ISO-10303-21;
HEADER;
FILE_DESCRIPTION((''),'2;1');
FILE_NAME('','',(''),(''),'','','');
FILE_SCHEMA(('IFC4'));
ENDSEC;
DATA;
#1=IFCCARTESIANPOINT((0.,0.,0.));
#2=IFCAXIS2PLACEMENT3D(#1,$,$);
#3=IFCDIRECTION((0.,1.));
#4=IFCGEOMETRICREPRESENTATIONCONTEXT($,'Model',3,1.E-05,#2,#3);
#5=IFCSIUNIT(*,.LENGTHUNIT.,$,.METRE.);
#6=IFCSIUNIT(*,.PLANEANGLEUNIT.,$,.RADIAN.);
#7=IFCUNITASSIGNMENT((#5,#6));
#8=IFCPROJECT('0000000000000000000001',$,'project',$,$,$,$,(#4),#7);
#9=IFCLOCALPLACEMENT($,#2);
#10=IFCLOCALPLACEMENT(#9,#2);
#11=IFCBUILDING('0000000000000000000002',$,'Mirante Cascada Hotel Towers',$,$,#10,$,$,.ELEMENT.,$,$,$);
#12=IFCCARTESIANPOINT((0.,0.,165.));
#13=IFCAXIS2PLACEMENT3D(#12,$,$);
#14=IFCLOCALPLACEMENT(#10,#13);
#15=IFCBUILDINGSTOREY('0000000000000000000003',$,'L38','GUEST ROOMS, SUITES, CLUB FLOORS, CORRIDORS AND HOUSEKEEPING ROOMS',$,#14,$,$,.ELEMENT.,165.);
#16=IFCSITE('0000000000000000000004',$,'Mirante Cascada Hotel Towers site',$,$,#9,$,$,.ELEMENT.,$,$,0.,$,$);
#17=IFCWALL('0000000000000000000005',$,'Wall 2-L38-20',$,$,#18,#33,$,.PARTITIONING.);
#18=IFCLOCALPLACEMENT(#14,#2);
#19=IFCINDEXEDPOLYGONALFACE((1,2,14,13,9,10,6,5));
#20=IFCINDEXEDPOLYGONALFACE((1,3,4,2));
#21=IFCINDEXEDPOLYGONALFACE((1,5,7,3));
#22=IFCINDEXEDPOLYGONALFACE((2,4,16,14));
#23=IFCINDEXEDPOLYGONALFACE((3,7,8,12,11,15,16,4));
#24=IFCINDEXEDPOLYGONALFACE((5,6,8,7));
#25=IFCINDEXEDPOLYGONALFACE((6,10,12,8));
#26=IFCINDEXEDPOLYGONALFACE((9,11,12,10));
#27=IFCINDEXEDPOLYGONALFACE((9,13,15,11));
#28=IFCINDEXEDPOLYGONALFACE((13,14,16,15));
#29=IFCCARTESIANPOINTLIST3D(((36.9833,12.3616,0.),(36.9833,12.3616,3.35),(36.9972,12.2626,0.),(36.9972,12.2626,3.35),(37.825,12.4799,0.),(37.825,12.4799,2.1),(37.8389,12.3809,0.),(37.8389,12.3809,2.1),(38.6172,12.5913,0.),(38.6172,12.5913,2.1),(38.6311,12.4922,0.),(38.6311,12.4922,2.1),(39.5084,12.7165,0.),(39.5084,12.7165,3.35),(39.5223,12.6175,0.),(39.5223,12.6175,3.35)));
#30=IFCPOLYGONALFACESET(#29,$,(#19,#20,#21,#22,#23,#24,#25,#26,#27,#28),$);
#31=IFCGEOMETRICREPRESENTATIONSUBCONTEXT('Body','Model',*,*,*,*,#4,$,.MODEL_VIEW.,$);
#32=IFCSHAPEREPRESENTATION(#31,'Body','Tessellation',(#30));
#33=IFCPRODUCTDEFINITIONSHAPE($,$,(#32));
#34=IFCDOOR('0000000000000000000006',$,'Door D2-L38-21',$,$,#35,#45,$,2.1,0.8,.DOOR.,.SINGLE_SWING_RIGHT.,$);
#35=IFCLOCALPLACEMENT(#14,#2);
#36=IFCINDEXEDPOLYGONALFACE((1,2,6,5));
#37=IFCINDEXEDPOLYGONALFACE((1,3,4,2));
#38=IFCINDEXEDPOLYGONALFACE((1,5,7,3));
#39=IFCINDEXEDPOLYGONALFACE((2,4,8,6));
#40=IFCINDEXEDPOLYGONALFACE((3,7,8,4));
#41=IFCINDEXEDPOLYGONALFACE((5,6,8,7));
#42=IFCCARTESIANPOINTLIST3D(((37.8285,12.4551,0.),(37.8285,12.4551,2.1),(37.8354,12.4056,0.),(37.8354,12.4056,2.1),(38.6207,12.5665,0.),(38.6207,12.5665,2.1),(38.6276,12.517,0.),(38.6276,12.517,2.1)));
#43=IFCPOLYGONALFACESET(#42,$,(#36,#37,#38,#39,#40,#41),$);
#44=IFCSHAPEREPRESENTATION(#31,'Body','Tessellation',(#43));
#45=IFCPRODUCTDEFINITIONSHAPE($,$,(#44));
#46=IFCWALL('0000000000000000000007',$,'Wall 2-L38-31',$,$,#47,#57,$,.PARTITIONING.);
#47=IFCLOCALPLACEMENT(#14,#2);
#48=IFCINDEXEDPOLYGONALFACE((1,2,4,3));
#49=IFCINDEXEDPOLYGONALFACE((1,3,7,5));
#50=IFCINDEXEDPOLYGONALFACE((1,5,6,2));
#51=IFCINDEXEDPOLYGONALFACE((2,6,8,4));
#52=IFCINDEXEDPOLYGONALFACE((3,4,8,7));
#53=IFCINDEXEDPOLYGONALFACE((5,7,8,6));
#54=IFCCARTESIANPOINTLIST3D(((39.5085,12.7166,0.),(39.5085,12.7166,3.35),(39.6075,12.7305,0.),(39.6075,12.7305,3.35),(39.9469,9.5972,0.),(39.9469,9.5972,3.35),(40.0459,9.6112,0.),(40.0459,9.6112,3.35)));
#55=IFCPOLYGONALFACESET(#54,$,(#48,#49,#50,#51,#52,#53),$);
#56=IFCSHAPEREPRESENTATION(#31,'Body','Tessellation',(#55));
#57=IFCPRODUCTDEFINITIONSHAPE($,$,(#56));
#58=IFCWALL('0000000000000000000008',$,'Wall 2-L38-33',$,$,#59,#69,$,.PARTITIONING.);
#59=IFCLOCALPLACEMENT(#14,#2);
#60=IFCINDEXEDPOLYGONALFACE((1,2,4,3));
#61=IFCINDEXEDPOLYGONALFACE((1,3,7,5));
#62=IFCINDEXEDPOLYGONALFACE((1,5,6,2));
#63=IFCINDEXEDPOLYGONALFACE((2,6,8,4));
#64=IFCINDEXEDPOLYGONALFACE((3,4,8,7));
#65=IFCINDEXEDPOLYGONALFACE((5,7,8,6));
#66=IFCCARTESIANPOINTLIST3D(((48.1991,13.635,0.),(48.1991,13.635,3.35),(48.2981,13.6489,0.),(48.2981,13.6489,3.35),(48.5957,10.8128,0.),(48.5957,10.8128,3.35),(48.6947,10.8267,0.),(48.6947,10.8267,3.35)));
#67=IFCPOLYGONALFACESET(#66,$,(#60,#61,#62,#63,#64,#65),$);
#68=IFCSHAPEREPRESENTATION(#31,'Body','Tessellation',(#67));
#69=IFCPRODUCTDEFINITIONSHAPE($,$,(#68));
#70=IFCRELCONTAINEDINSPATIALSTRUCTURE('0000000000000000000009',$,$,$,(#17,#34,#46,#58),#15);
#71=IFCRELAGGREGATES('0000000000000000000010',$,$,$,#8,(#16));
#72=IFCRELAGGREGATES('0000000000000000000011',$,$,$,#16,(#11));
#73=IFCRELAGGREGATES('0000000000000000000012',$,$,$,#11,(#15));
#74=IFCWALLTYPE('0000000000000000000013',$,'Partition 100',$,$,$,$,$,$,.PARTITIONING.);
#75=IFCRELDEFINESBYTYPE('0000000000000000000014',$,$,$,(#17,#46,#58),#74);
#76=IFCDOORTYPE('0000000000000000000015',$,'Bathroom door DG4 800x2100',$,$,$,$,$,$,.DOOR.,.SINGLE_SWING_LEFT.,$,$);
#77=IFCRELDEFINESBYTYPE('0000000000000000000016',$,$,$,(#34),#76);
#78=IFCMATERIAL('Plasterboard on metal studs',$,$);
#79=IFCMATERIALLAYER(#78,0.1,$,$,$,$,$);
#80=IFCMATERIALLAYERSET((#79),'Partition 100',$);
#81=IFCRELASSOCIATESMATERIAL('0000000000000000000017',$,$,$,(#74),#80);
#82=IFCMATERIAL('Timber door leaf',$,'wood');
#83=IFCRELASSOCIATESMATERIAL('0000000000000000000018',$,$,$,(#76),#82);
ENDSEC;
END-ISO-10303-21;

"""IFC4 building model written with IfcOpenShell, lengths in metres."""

from ifc_helpers import new_model, si_unit, direction, frame, frame_2d, origin, place, context, subcontext, project, spatial, rectangle, extrude, material, layer, layer_set, type_object, element, fill, save


model = new_model("IFC4")

# Units and contexts
model_context = context("Model", 3, precision=1e-05, world=origin(), true_north=direction((0.0, 1.0)))
body_context = subcontext(model_context, "Body", "Model", "MODEL_VIEW")
ifc_project = project(units=[si_unit("LENGTHUNIT", "METRE"), si_unit("PLANEANGLEUNIT", "RADIAN")], contexts=[model_context])

# Site, building, storey
site_placement = place(None, origin())
site = spatial("IfcSite", under=ifc_project, at=site_placement, Name="Mirante Cascada Hotel Towers site", CompositionType="ELEMENT", RefElevation=0.0)
building_placement = place(site_placement, origin())
building = spatial("IfcBuilding", under=site, at=building_placement, Name="Mirante Cascada Hotel Towers", CompositionType="ELEMENT")
storey_placement = place(building_placement, frame((0.0, 0.0, 165.0)))
storey = spatial("IfcBuildingStorey", under=building, at=storey_placement, Name="L38", Description="GUEST ROOMS, SUITES, CLUB FLOORS, CORRIDORS AND HOUSEKEEPING ROOMS", CompositionType="ELEMENT", Elevation=165.0)

# Wall, opening, door
ifc_material_1 = material(Name="Plasterboard on metal studs")
ifc_layer_1 = layer(ifc_material_1, 0.1)
ifc_layer_set_1 = layer_set([ifc_layer_1], Name="Partition 100")
wall_type_1 = type_object("IfcWallType", Name="Partition 100", PredefinedType="PARTITIONING", material=ifc_layer_set_1)
ifc_material_2 = material(Name="Timber door leaf", Category="wood")
door_type = type_object("IfcDoorType", Name="Bathroom door DG4 800x2100", OperationType="SINGLE_SWING_LEFT", PredefinedType="DOOR", material=ifc_material_2)
wall_1_placement = place(storey_placement, frame((39.5154, 12.667, 0.0), z_axis=(0.0, 0.0, 1.0), x_axis=(-0.990267, -0.139181, 0.0)))
wall_1 = element("IfcWall", 1, at=wall_1_placement, inside=storey, type_object=wall_type_1, Name="Wall 2-L38-20", PredefinedType="PARTITIONING", context=body_context, shape_type="SweptSolid", body=[
    extrude(rectangle(XDim=2.5499, YDim=0.1, at=frame_2d((1.275, 0.0))), origin(), (0.0, 0.0, 1.0), 3.35),
])
opening_1_placement = place(wall_1_placement, frame((0.9, 0.0, 0.0)))
opening_1 = element("IfcOpeningElement", 2, at=opening_1_placement, cuts=wall_1, PredefinedType="OPENING", context=body_context, shape_type="SweptSolid", body=[
    extrude(rectangle(XDim=0.8, YDim=2.1, at=frame_2d((0.4, 1.05))), frame((0.0, 0.05, 0.0), z_axis=(0.0, -1.0, 0.0), x_axis=(1.0, 0.0, 0.0)), (0.0, 0.0, 1.0), 0.1),
])
door_1_placement = place(opening_1_placement, frame((0.8, 0.0, 0.0), z_axis=(0.0, 0.0, 1.0), x_axis=(-1.0, 0.0, 0.0)))
door_1 = element("IfcDoor", 3, at=door_1_placement, inside=storey, type_object=door_type, Name="Door D2-L38-21", OperationType="SINGLE_SWING_RIGHT", OverallHeight=2.1, OverallWidth=0.8, PredefinedType="DOOR", context=body_context, shape_type="SweptSolid", body=[
    extrude(rectangle(XDim=0.8, YDim=2.1, at=frame_2d((0.4, 1.05))), frame((0.0, 0.025, 0.0), z_axis=(0.0, -1.0, 0.0), x_axis=(1.0, 0.0, 0.0)), (0.0, 0.0, 1.0), 0.05),
])
fill(opening_1, door_1)

# Walls
wall_2_placement = place(storey_placement, frame((39.9964, 9.6042, 0.0), z_axis=(0.0, 0.0, 1.0), x_axis=(-0.139177, 0.990268, 0.0)))
element("IfcWall", 4, at=wall_2_placement, inside=storey, type_object=wall_type_1, Name="Wall 2-L38-31", PredefinedType="PARTITIONING", context=body_context, shape_type="SweptSolid", body=[
    extrude(rectangle(XDim=3.15, YDim=0.1, at=frame_2d((1.575, 0.0))), origin(), (0.0, 0.0, 1.0), 3.35),
])
wall_3_placement = place(storey_placement, frame((48.6452, 10.8197, 0.0), z_axis=(0.0, 0.0, 1.0), x_axis=(-0.139161, 0.99027, 0.0)))
element("IfcWall", 5, at=wall_3_placement, inside=storey, type_object=wall_type_1, Name="Wall 2-L38-33", PredefinedType="PARTITIONING", context=body_context, shape_type="SweptSolid", body=[
    extrude(rectangle(XDim=2.8499, YDim=0.1, at=frame_2d((1.425, 0.0))), origin(), (0.0, 0.0, 1.0), 3.35),
])

save(model, "model.ifc")
